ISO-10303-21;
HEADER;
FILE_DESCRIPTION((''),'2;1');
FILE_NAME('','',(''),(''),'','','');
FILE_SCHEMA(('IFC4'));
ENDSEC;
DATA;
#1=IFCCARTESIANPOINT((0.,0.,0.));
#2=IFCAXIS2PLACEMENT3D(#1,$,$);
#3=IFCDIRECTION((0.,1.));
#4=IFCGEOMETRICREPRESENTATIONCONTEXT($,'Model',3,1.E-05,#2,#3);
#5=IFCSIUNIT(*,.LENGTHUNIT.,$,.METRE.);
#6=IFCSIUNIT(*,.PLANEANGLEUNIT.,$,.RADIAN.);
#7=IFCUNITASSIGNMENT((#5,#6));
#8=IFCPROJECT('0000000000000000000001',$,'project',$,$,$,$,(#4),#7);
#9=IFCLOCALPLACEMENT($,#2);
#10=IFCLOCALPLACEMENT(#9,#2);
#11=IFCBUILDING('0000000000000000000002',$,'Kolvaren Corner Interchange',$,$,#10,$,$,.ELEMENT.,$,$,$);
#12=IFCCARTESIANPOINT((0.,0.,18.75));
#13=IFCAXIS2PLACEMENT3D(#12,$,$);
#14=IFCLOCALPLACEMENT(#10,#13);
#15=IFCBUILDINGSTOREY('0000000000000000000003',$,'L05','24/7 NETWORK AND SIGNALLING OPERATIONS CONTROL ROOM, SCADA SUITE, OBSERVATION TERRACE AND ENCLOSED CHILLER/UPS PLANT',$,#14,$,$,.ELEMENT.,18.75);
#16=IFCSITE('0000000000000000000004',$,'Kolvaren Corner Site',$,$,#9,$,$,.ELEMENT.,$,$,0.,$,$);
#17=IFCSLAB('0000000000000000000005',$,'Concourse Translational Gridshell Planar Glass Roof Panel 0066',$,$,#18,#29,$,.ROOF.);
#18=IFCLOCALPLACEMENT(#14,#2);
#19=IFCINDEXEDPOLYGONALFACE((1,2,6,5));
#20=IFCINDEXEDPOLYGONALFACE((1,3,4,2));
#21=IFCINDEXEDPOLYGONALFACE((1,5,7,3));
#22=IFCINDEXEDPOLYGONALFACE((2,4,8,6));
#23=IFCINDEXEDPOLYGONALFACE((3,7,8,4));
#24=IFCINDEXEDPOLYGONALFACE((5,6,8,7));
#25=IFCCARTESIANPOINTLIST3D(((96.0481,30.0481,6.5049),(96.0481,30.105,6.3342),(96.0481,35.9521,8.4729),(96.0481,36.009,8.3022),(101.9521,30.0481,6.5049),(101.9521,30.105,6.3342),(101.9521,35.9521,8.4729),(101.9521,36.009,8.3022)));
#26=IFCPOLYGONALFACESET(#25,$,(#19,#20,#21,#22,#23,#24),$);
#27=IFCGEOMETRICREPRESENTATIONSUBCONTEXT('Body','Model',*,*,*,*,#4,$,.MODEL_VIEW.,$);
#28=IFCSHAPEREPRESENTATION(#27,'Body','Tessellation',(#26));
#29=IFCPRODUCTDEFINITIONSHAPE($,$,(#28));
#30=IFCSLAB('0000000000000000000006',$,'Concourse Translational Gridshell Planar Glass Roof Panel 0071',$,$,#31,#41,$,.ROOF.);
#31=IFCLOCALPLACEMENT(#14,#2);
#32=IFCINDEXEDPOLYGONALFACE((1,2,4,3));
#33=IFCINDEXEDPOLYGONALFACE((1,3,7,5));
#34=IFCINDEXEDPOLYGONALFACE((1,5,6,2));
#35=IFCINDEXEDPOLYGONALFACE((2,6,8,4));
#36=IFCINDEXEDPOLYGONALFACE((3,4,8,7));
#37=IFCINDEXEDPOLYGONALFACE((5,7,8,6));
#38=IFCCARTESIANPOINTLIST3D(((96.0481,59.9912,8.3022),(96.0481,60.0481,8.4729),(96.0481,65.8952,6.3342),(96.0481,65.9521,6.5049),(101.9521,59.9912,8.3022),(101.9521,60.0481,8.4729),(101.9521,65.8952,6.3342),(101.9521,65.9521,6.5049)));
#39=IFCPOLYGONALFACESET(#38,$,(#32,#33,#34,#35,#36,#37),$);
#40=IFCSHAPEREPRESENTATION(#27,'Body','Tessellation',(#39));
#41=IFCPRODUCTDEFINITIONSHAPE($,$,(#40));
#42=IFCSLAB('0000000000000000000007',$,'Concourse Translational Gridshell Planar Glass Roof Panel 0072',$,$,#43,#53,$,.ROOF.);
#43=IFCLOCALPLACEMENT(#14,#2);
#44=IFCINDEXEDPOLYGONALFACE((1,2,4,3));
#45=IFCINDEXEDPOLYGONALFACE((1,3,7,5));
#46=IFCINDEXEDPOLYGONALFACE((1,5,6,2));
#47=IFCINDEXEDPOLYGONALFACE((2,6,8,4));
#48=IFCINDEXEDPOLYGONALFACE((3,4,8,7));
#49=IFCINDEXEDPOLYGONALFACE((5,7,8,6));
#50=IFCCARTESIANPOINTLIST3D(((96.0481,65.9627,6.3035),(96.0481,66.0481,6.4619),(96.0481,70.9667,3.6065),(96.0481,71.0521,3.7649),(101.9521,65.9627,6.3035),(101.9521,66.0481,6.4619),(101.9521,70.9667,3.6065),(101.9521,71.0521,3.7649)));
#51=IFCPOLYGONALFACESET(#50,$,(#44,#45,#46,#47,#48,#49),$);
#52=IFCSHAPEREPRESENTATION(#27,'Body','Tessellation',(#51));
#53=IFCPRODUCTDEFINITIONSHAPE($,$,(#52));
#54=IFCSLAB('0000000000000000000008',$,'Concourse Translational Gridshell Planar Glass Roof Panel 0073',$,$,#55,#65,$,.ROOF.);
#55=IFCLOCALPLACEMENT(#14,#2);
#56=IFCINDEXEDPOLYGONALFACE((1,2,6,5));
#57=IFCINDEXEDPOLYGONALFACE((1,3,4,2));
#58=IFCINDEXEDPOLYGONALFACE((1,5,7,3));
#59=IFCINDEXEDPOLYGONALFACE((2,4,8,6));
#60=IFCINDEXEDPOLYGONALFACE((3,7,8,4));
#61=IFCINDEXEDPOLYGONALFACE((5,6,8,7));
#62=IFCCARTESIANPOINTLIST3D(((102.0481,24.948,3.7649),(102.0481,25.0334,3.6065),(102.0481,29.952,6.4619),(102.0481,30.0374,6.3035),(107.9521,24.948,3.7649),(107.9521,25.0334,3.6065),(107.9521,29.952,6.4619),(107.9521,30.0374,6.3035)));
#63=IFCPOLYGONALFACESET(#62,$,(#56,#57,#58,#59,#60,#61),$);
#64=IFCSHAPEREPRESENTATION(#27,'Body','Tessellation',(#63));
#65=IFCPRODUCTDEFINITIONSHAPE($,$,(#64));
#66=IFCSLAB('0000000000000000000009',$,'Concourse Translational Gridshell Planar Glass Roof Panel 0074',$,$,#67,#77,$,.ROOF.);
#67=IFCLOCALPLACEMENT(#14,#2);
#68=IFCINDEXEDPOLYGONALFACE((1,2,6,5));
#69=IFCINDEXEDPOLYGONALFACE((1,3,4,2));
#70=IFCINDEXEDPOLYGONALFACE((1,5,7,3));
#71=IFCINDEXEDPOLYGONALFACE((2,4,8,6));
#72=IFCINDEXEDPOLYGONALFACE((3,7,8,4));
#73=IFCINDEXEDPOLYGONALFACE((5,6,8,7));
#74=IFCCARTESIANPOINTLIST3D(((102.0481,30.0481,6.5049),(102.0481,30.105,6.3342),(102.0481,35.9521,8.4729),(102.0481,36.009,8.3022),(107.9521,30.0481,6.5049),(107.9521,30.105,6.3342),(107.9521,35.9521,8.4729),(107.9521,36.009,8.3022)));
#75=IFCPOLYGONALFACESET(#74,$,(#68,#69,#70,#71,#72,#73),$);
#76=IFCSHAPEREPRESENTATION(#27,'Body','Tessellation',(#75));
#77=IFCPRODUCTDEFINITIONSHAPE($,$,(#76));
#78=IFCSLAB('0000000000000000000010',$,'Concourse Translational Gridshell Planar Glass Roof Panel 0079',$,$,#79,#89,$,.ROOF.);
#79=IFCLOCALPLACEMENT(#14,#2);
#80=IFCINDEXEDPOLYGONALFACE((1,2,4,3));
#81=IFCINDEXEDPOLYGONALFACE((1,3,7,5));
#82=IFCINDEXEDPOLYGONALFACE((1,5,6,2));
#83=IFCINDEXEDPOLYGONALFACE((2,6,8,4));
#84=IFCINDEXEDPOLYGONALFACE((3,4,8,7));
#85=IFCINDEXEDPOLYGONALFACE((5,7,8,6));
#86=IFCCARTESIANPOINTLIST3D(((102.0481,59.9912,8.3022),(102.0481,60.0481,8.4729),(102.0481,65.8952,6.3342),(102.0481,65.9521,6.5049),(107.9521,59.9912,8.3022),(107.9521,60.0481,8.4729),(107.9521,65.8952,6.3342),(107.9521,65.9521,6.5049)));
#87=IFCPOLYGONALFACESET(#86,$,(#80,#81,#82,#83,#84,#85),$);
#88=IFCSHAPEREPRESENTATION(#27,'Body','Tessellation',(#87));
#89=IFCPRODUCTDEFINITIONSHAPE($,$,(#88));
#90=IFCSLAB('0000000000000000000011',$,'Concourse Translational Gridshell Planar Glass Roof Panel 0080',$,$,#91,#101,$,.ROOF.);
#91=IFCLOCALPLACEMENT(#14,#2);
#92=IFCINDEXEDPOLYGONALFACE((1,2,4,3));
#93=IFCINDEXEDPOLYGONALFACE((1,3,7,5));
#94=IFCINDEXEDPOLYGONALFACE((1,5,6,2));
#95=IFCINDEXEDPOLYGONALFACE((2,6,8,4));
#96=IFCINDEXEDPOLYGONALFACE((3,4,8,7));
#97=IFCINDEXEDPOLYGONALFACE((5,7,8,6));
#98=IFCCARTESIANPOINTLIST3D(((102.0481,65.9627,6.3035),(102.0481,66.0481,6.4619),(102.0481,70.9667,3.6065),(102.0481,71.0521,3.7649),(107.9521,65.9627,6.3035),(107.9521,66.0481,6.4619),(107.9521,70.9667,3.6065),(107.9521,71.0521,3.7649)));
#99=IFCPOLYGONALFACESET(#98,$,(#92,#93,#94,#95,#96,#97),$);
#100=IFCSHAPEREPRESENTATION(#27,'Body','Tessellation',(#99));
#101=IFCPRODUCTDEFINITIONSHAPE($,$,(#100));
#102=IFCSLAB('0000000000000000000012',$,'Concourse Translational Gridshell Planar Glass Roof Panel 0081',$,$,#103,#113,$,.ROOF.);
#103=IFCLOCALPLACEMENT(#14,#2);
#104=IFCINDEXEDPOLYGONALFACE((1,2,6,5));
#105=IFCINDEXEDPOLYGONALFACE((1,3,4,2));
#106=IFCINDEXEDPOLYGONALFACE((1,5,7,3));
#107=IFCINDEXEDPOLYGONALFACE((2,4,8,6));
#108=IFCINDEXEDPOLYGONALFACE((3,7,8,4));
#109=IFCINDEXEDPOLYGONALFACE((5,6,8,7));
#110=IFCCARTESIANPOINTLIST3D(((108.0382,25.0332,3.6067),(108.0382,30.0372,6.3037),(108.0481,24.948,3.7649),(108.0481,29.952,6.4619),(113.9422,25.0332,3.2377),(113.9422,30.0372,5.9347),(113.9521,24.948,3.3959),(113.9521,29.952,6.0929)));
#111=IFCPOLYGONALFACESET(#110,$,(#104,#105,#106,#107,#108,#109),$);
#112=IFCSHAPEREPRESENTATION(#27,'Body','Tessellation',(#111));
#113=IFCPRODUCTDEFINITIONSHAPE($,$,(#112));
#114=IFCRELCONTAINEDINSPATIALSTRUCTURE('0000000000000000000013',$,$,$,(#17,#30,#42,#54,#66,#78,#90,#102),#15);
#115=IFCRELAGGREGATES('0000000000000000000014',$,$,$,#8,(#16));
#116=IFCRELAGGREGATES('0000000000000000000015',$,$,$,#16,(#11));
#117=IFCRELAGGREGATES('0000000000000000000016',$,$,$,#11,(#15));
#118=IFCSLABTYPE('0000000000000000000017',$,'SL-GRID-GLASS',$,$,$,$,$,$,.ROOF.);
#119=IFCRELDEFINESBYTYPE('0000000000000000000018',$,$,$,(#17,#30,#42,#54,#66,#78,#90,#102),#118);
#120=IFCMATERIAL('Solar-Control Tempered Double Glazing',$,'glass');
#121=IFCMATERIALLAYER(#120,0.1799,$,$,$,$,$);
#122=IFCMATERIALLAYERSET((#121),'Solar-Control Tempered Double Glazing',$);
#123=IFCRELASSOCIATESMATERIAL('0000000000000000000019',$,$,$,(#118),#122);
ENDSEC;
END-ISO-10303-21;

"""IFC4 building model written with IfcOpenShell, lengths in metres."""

from ifc_helpers import new_model, si_unit, direction, frame, origin, place, context, subcontext, project, spatial, polyline, outline, extrude, material, layer, layer_set, type_object, element, save


model = new_model("IFC4")

# Units and contexts
model_context = context("Model", 3, precision=1e-05, world=origin(), true_north=direction((0.0, 1.0)))
body_context = subcontext(model_context, "Body", "Model", "MODEL_VIEW")
ifc_project = project(units=[si_unit("LENGTHUNIT", "METRE"), si_unit("PLANEANGLEUNIT", "RADIAN")], contexts=[model_context])

# Site, building, storey
site_placement = place(None, origin())
site = spatial("IfcSite", under=ifc_project, at=site_placement, Name="Kolvaren Corner Site", CompositionType="ELEMENT", RefElevation=0.0)
building_placement = place(site_placement, origin())
building = spatial("IfcBuilding", under=site, at=building_placement, Name="Kolvaren Corner Interchange", CompositionType="ELEMENT")
storey_placement = place(building_placement, frame((0.0, 0.0, 18.75)))
storey = spatial("IfcBuildingStorey", under=building, at=storey_placement, Name="L05", Description="24/7 NETWORK AND SIGNALLING OPERATIONS CONTROL ROOM, SCADA SUITE, OBSERVATION TERRACE AND ENCLOSED CHILLER/UPS PLANT", CompositionType="ELEMENT", Elevation=18.75)

# Slabs
ifc_material = material(Name="Solar-Control Tempered Double Glazing", Category="glass")
ifc_layer = layer(ifc_material, 0.1799)
ifc_layer_set = layer_set([ifc_layer], Name="Solar-Control Tempered Double Glazing")
slab_type = type_object("IfcSlabType", Name="SL-GRID-GLASS", PredefinedType="ROOF", material=ifc_layer_set)
for number, where, z_axis, x_axis, name in (
    (1, (96.0481, 30.0481, 6.5049), (0.0, -0.316228, 0.948683), (1.0, 0.0, 0.0), "Concourse Translational Gridshell Planar Glass Roof Panel 0066"),
    (2, (96.0481, 60.0481, 8.4729), (0.0, 0.316228, 0.948683), (1.0, 0.0, 0.0), "Concourse Translational Gridshell Planar Glass Roof Panel 0071"),
):
    element("IfcSlab", number, at=place(storey_placement, frame(where, z_axis=z_axis, x_axis=x_axis)), inside=storey, type_object=slab_type, Name=name, PredefinedType="ROOF", context=body_context, shape_type="SweptSolid", body=[
        extrude(outline(polyline([(0.0, 0.0), (5.904, 0.0), (5.904, 6.2234), (0.0, 6.2234), (0.0, 0.0)])), origin(), (0.0, 0.0, -1.0), 0.1799),
    ])
for number, where, z_axis, x_axis, name in (
    (3, (96.0481, 66.0481, 6.4619), (0.0, 0.474446, 0.880285), (1.0, 0.0, 0.0), "Concourse Translational Gridshell Planar Glass Roof Panel 0072"),
    (4, (102.0481, 24.948, 3.7649), (0.0, -0.474446, 0.880285), (1.0, 0.0, 0.0), "Concourse Translational Gridshell Planar Glass Roof Panel 0073"),
):
    element("IfcSlab", number, at=place(storey_placement, frame(where, z_axis=z_axis, x_axis=x_axis)), inside=storey, type_object=slab_type, Name=name, PredefinedType="ROOF", context=body_context, shape_type="SweptSolid", body=[
        extrude(outline(polyline([(0.0, 0.0), (5.904, 0.0), (5.904, 5.6845), (0.0, 5.6845), (0.0, 0.0)])), origin(), (0.0, 0.0, -1.0), 0.1799),
    ])
for number, where, z_axis, x_axis, name in (
    (5, (102.0481, 30.0481, 6.5049), (0.0, -0.316228, 0.948683), (1.0, 0.0, 0.0), "Concourse Translational Gridshell Planar Glass Roof Panel 0074"),
    (6, (102.0481, 60.0481, 8.4729), (0.0, 0.316228, 0.948683), (1.0, 0.0, 0.0), "Concourse Translational Gridshell Planar Glass Roof Panel 0079"),
):
    element("IfcSlab", number, at=place(storey_placement, frame(where, z_axis=z_axis, x_axis=x_axis)), inside=storey, type_object=slab_type, Name=name, PredefinedType="ROOF", context=body_context, shape_type="SweptSolid", body=[
        extrude(outline(polyline([(0.0, 0.0), (5.904, 0.0), (5.904, 6.2234), (0.0, 6.2234), (0.0, 0.0)])), origin(), (0.0, 0.0, -1.0), 0.1799),
    ])
slab_1_placement = place(storey_placement, frame((102.0481, 66.0481, 6.4619), z_axis=(0.0, 0.474446, 0.880285), x_axis=(1.0, 0.0, 0.0)))
element("IfcSlab", 7, at=slab_1_placement, inside=storey, type_object=slab_type, Name="Concourse Translational Gridshell Planar Glass Roof Panel 0080", PredefinedType="ROOF", context=body_context, shape_type="SweptSolid", body=[
    extrude(outline(polyline([(0.0, 0.0), (5.904, 0.0), (5.904, 5.6845), (0.0, 5.6845), (0.0, 0.0)])), origin(), (0.0, 0.0, -1.0), 0.1799),
])
slab_2_placement = place(storey_placement, frame((108.0481, 24.948, 3.7649), z_axis=(0.054935, -0.47373, 0.878955), x_axis=(0.998053, 0.0, -0.062378)))
element("IfcSlab", 8, at=slab_2_placement, inside=storey, type_object=slab_type, Name="Concourse Translational Gridshell Planar Glass Roof Panel 0081", PredefinedType="ROOF", context=body_context, shape_type="SweptSolid", body=[
    extrude(outline(polyline([(0.0, 0.0), (5.9155, 0.0), (5.7473, 5.682), (-0.1682, 5.682), (0.0, 0.0)])), origin(), (0.0, 0.0, -1.0), 0.1799),
])

save(model, "model.ifc")
